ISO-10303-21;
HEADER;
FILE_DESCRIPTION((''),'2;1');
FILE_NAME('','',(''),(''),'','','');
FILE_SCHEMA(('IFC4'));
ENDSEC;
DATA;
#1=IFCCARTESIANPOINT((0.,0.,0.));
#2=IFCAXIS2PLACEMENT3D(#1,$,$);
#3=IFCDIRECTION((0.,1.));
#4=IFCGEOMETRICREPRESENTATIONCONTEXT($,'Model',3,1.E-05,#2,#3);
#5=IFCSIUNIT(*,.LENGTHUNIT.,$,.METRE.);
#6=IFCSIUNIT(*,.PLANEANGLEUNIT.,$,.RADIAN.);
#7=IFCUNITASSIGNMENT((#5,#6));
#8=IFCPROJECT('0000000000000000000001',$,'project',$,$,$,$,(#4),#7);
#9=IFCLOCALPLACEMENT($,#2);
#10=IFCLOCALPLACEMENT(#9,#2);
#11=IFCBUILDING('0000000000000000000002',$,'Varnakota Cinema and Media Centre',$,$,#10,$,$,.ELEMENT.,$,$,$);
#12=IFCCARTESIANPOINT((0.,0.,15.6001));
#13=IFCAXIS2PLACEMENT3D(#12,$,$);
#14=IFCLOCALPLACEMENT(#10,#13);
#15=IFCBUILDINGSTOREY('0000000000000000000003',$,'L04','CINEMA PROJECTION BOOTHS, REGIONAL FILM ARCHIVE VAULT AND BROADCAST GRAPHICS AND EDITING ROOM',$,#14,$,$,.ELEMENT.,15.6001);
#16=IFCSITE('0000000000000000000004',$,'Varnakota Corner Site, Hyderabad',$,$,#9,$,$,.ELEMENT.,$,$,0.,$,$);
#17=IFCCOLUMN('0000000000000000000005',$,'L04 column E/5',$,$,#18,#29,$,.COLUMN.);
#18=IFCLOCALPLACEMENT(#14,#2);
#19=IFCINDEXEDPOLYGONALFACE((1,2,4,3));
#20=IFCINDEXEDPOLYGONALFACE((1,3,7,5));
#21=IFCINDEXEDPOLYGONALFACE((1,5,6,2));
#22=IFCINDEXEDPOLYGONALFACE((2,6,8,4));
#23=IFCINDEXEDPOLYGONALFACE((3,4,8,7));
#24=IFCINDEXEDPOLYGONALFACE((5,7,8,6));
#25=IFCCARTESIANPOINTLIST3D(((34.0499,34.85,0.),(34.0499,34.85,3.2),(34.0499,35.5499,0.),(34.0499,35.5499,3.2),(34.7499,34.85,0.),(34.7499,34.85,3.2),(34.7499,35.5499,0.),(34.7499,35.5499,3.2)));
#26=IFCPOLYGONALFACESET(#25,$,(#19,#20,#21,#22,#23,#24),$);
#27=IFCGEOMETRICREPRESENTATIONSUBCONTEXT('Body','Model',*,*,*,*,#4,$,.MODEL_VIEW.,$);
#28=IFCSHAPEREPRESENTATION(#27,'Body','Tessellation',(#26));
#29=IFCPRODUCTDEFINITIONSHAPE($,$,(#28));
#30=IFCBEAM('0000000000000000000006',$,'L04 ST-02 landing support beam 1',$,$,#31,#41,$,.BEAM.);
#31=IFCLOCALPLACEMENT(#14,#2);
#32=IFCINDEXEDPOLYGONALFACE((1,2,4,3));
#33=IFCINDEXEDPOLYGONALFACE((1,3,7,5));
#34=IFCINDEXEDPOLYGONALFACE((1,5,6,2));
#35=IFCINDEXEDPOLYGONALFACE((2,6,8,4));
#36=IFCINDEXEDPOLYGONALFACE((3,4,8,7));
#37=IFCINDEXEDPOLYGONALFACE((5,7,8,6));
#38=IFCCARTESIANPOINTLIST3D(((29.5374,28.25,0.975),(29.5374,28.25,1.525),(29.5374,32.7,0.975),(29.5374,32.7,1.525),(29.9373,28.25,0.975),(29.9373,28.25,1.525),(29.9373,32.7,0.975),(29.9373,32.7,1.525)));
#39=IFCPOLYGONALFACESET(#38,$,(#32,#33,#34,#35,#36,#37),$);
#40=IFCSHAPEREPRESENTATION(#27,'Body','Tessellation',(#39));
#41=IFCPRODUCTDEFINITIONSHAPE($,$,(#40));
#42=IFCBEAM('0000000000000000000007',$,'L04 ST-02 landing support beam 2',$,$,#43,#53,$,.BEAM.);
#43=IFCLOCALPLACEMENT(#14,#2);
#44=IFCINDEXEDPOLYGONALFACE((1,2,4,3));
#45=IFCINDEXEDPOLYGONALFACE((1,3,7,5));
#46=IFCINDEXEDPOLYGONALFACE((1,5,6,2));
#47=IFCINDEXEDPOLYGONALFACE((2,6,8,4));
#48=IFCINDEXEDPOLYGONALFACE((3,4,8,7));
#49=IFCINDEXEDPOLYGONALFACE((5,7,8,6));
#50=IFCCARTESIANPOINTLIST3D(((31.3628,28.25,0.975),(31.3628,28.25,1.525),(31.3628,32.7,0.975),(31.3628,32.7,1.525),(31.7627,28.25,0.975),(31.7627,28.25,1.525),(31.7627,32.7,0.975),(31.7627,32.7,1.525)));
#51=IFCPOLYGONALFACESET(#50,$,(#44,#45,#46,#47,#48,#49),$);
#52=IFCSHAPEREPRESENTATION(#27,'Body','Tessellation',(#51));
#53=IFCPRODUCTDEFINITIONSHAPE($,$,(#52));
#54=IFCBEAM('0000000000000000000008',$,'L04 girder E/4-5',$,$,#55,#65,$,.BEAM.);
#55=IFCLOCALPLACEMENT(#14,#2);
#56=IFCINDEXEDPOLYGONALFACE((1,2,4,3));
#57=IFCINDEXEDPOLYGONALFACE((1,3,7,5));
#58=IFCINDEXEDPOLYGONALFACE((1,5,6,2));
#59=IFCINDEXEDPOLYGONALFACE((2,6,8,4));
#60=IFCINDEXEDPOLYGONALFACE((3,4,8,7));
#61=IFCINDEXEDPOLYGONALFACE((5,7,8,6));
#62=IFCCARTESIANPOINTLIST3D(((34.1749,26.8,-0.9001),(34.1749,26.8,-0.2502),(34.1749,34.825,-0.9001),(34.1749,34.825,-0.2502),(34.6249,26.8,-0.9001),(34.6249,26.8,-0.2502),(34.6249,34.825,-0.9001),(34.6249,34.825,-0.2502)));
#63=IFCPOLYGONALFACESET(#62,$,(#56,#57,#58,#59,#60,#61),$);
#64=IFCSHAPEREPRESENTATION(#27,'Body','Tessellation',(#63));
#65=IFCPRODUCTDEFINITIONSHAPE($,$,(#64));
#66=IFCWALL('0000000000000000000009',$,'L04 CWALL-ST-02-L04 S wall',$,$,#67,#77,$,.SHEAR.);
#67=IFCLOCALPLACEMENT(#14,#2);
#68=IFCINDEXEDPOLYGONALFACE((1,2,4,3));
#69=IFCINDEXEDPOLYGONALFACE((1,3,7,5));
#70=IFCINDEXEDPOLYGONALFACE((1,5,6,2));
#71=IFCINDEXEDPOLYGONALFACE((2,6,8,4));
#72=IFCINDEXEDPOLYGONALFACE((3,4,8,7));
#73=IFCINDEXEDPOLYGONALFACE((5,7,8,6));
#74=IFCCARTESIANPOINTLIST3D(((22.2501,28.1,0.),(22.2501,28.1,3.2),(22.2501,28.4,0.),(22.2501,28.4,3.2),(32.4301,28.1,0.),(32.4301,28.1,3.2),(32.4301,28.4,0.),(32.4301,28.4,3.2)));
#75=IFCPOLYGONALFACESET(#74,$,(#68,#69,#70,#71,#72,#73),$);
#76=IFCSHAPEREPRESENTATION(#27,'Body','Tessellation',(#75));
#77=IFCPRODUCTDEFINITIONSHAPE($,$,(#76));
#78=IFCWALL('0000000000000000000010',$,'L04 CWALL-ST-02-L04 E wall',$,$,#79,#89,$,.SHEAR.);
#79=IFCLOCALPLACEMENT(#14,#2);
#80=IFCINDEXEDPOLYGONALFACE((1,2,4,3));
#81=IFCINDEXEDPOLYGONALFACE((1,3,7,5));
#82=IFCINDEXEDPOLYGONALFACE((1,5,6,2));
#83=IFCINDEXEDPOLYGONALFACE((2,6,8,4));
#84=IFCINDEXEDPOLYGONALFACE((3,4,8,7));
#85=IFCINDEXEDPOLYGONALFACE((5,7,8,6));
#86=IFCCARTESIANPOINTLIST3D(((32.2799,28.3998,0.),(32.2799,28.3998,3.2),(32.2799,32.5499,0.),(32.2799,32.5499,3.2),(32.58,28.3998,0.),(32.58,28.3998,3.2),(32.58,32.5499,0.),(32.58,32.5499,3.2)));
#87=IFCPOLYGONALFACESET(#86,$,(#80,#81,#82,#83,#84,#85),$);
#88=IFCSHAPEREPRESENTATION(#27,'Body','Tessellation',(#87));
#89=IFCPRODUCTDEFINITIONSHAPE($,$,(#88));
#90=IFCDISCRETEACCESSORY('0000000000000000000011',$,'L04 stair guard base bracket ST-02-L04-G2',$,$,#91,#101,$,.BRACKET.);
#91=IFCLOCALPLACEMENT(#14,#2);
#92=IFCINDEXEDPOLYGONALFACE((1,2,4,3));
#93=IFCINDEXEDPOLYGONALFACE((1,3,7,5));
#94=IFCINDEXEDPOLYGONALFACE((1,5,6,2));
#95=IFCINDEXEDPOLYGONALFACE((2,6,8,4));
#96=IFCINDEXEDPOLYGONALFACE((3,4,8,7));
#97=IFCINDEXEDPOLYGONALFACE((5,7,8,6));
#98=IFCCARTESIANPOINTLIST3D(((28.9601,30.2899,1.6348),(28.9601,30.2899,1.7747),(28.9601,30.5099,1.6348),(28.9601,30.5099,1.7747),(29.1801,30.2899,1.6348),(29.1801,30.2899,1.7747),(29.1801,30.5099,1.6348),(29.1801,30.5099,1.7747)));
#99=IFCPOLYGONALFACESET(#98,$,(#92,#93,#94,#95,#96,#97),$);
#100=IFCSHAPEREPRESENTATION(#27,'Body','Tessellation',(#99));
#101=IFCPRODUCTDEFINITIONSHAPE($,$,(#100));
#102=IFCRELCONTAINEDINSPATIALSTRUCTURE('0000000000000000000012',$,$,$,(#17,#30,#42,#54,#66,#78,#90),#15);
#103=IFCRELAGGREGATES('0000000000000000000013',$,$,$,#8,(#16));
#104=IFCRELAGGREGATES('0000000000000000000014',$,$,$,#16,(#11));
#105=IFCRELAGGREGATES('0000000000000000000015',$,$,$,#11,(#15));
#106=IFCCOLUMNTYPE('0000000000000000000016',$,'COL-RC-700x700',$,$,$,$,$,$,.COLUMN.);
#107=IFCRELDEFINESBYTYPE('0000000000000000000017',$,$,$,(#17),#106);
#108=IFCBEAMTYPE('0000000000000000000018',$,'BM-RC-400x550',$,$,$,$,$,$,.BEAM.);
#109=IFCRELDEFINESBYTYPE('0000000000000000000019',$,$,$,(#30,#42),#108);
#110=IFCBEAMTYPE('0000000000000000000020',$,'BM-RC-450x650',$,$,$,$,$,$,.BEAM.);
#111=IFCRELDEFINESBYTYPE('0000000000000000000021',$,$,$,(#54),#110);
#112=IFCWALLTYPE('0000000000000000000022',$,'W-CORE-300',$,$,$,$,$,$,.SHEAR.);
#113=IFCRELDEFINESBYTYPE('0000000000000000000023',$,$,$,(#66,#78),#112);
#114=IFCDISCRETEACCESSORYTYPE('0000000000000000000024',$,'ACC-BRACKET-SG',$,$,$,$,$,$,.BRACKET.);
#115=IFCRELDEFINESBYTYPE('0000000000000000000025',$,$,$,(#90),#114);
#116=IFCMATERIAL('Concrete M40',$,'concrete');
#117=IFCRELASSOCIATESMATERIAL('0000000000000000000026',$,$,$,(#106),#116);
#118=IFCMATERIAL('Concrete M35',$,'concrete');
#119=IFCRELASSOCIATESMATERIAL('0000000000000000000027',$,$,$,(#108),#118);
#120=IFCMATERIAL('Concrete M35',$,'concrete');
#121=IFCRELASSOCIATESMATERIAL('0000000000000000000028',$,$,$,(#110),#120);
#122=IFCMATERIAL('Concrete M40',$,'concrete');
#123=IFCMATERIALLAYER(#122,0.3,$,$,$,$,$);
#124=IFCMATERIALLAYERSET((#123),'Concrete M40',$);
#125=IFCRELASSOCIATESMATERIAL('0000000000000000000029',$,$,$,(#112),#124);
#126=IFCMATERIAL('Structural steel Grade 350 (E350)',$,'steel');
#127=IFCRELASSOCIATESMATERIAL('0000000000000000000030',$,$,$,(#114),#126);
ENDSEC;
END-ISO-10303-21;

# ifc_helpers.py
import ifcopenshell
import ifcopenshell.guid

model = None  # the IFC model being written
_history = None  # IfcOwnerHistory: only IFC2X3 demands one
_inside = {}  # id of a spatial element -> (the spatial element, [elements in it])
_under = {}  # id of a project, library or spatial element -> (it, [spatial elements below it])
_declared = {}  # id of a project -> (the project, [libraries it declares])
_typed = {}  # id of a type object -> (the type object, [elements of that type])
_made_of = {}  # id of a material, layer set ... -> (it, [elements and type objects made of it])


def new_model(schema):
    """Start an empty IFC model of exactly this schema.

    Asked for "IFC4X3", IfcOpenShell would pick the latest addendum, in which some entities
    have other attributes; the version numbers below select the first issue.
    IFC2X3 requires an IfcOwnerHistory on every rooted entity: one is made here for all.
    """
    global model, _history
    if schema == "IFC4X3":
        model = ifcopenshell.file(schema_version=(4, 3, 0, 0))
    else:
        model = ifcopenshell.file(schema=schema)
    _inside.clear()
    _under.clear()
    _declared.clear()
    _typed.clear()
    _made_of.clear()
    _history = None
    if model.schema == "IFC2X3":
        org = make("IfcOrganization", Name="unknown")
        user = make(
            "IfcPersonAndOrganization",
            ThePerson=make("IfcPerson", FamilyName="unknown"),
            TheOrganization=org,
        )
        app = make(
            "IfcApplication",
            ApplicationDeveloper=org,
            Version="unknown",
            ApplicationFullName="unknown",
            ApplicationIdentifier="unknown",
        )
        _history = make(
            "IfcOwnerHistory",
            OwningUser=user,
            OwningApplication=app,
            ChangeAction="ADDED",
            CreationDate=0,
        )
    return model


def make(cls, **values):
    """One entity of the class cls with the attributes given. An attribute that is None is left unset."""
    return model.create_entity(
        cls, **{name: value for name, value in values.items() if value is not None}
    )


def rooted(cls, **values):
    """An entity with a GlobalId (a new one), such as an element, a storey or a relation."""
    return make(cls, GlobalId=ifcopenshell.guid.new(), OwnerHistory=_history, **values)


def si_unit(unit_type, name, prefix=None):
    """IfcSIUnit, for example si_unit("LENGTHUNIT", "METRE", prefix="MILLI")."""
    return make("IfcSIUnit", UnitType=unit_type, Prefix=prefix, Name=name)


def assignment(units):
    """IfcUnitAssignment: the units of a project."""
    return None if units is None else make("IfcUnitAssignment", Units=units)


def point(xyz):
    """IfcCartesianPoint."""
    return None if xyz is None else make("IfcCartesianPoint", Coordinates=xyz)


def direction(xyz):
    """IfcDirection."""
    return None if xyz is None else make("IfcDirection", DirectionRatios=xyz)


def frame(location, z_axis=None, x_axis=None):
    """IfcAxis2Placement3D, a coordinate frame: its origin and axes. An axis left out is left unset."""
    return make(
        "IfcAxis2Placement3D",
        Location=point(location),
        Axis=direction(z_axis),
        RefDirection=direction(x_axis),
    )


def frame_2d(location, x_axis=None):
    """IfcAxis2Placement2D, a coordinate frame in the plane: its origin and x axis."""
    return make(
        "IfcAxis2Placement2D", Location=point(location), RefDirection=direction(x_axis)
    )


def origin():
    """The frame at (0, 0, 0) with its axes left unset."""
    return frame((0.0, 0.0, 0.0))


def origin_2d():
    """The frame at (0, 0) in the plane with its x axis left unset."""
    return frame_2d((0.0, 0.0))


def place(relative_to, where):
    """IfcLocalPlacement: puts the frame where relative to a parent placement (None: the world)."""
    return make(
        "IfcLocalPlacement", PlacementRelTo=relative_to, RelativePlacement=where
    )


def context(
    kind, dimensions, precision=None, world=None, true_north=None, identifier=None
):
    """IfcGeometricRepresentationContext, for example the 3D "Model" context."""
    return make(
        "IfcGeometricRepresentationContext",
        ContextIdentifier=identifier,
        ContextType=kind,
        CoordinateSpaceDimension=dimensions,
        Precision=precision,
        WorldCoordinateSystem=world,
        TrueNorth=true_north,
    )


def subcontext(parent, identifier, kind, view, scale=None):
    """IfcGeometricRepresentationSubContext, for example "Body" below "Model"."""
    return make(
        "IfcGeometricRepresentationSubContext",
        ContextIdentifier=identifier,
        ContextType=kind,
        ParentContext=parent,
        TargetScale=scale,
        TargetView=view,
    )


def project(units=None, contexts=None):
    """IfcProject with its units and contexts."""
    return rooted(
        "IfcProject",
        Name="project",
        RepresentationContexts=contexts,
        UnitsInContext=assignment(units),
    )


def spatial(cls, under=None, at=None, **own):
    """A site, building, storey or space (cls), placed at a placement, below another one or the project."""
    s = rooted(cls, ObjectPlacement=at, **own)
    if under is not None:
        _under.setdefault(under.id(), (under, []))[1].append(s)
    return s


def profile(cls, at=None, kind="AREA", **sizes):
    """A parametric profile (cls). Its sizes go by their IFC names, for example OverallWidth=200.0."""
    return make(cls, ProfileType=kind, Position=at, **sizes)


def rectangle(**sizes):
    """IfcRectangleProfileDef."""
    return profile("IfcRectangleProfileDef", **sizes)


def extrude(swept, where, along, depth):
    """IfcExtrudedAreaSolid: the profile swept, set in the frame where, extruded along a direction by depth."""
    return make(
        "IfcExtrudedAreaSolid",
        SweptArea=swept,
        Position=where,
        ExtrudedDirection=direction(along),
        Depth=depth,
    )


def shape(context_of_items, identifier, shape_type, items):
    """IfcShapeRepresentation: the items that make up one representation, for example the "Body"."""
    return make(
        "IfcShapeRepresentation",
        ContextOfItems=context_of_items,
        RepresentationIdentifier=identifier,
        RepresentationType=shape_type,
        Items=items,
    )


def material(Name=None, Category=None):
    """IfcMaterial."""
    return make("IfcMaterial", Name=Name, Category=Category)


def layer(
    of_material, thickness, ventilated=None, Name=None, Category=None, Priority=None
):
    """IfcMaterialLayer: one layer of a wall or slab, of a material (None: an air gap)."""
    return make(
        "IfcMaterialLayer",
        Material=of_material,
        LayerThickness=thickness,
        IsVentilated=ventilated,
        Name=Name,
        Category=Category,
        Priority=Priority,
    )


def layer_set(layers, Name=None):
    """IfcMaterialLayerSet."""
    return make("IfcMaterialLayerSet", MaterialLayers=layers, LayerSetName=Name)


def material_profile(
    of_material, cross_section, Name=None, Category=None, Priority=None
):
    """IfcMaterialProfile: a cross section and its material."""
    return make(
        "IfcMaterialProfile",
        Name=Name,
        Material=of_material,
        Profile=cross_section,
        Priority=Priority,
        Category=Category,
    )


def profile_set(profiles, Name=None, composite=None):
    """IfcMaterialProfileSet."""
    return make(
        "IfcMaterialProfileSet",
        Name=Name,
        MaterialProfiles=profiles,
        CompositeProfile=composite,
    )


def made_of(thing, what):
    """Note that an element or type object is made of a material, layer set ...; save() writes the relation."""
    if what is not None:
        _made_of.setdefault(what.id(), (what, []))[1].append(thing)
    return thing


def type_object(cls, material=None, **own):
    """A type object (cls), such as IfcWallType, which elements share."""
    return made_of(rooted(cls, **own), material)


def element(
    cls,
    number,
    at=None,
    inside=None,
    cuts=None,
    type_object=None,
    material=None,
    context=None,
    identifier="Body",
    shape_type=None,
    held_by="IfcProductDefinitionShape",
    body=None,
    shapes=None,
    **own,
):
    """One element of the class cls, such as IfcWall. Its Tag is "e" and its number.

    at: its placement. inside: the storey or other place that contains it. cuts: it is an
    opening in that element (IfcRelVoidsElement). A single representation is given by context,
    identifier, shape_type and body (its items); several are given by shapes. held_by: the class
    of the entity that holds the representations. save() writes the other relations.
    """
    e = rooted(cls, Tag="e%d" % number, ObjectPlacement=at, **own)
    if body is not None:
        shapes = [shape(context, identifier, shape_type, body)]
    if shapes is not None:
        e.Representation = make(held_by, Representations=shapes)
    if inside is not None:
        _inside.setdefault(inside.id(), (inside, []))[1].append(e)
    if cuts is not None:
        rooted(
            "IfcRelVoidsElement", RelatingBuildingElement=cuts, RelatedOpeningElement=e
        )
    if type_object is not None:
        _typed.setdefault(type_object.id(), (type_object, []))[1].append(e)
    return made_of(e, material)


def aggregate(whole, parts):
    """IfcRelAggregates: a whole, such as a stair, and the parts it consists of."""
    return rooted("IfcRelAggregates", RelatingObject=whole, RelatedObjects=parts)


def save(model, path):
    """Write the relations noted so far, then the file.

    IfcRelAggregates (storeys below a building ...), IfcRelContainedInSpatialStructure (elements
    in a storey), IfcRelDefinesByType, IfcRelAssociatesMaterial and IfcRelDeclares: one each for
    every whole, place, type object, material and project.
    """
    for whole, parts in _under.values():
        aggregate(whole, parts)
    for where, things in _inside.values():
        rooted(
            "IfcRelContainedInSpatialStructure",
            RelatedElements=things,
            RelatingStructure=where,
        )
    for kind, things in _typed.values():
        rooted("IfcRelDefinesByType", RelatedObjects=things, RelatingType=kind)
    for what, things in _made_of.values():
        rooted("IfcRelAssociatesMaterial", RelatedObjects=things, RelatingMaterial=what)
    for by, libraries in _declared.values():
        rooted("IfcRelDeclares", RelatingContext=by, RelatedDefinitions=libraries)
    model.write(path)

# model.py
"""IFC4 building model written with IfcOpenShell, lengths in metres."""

from ifc_helpers import new_model, si_unit, direction, frame, frame_2d, origin, origin_2d, place, context, subcontext, project, spatial, rectangle, extrude, material, layer, layer_set, material_profile, profile_set, type_object, element, save


model = new_model("IFC4")

# Units and contexts
model_context = context("Model", 3, precision=1e-05, world=origin(), true_north=direction((0.0, 1.0)))
body_context = subcontext(model_context, "Body", "Model", "MODEL_VIEW")
ifc_project = project(units=[si_unit("LENGTHUNIT", "METRE"), si_unit("PLANEANGLEUNIT", "RADIAN")], contexts=[model_context])

# Site, building, storey
site_placement = place(None, origin())
site = spatial("IfcSite", under=ifc_project, at=site_placement, Name="Varnakota Corner Site, Hyderabad", CompositionType="ELEMENT", RefElevation=0.0)
building_placement = place(site_placement, origin())
building = spatial("IfcBuilding", under=site, at=building_placement, Name="Varnakota Cinema and Media Centre", CompositionType="ELEMENT")
storey_placement = place(building_placement, frame((0.0, 0.0, 15.6001)))
storey = spatial("IfcBuildingStorey", under=building, at=storey_placement, Name="L04", Description="CINEMA PROJECTION BOOTHS, REGIONAL FILM ARCHIVE VAULT AND BROADCAST GRAPHICS AND EDITING ROOM", CompositionType="ELEMENT", Elevation=15.6001)

# Column
ifc_material_1 = material(Name="Concrete M40", Category="concrete")
ifc_material_profile_1 = material_profile(ifc_material_1, rectangle(XDim=0.7, YDim=0.7, at=origin_2d()), Name="RC 700x700")
ifc_profile_set_1 = profile_set([ifc_material_profile_1], Name="Concrete M40")
column_type = type_object("IfcColumnType", Name="COL-RC-700x700", PredefinedType="COLUMN", material=ifc_profile_set_1)
column_placement = place(storey_placement, frame((34.3999, 35.2, 0.0), z_axis=(0.0, 0.0, 1.0), x_axis=(1.0, 0.0, 0.0)))
element("IfcColumn", 1, at=column_placement, inside=storey, type_object=column_type, Name="L04 column E/5", PredefinedType="COLUMN", context=body_context, shape_type="SweptSolid", body=[
    extrude(rectangle(XDim=0.7, YDim=0.7, at=origin_2d()), origin(), (0.0, 0.0, 1.0), 3.2),
])

# Beams
ifc_material_2 = material(Name="Concrete M35", Category="concrete")
ifc_material_profile_2 = material_profile(ifc_material_2, rectangle(XDim=0.3999, YDim=0.55, at=origin_2d()), Name="RCB 400x550")
ifc_profile_set_2 = profile_set([ifc_material_profile_2], Name="Concrete M35")
beam_type_1 = type_object("IfcBeamType", Name="BM-RC-400x550", PredefinedType="BEAM", material=ifc_profile_set_2)
for number, where, z_axis, x_axis, name in (
    (2, (29.7373, 28.25, 1.25), (0.0, 1.0, 0.0), (-1.0, 0.0, 0.0), "L04 ST-02 landing support beam 1"),
    (3, (31.5627, 28.25, 1.25), (0.0, 1.0, 0.0), (-1.0, 0.0, 0.0), "L04 ST-02 landing support beam 2"),
):
    element("IfcBeam", number, at=place(storey_placement, frame(where, z_axis=z_axis, x_axis=x_axis)), inside=storey, type_object=beam_type_1, Name=name, PredefinedType="BEAM", context=body_context, shape_type="SweptSolid", body=[
        extrude(rectangle(XDim=0.3999, YDim=0.55, at=origin_2d()), origin(), (0.0, 0.0, 1.0), 4.45),
    ])
ifc_material_3 = material(Name="Concrete M35", Category="concrete")
ifc_material_profile_3 = material_profile(ifc_material_3, rectangle(XDim=0.45, YDim=0.6499, at=origin_2d()), Name="RCB 450x650")
ifc_profile_set_3 = profile_set([ifc_material_profile_3], Name="Concrete M35")
beam_type_2 = type_object("IfcBeamType", Name="BM-RC-450x650", PredefinedType="BEAM", material=ifc_profile_set_3)
beam_placement = place(storey_placement, frame((34.3999, 26.8, -0.5752), z_axis=(0.0, 1.0, 0.0), x_axis=(-1.0, 0.0, 0.0)))
element("IfcBeam", 4, at=beam_placement, inside=storey, type_object=beam_type_2, Name="L04 girder E/4-5", PredefinedType="BEAM", context=body_context, shape_type="SweptSolid", body=[
    extrude(rectangle(XDim=0.45, YDim=0.6499, at=origin_2d()), origin(), (0.0, 0.0, 1.0), 8.0249),
])

# Walls
ifc_material_4 = material(Name="Concrete M40", Category="concrete")
ifc_layer_1 = layer(ifc_material_4, 0.3)
ifc_layer_set_1 = layer_set([ifc_layer_1], Name="Concrete M40")
wall_type_1 = type_object("IfcWallType", Name="W-CORE-300", PredefinedType="SHEAR", material=ifc_layer_set_1)
wall_1_placement = place(storey_placement, frame((32.4299, 28.25, 0.0), z_axis=(0.0, 0.0, 1.0), x_axis=(-1.0, 0.0, 0.0)))
element("IfcWall", 5, at=wall_1_placement, inside=storey, type_object=wall_type_1, Name="L04 CWALL-ST-02-L04 S wall", PredefinedType="SHEAR", context=body_context, shape_type="SweptSolid", body=[
    extrude(rectangle(XDim=10.1799, YDim=0.3, at=frame_2d((5.0898, 0.0))), origin(), (0.0, 0.0, 1.0), 3.2),
])
wall_2_placement = place(storey_placement, frame((32.4299, 32.55, 0.0), z_axis=(0.0, 0.0, 1.0), x_axis=(0.0, -1.0, 0.0)))
element("IfcWall", 6, at=wall_2_placement, inside=storey, type_object=wall_type_1, Name="L04 CWALL-ST-02-L04 E wall", PredefinedType="SHEAR", context=body_context, shape_type="SweptSolid", body=[
    extrude(rectangle(XDim=4.1501, YDim=0.3, at=frame_2d((2.0752, 0.0))), origin(), (0.0, 0.0, 1.0), 3.2),
])

# Discrete accessory
ifc_material_5 = material(Name="Structural steel Grade 350 (E350)", Category="steel")
discrete_accessory_type = type_object("IfcDiscreteAccessoryType", Name="ACC-BRACKET-SG", PredefinedType="BRACKET", material=ifc_material_5)
discrete_accessory_placement = place(storey_placement, frame((29.0701, 30.3999, 1.6348), z_axis=(0.0, 0.0, 1.0), x_axis=(1.0, 0.0, 0.0)))
element("IfcDiscreteAccessory", 7, at=discrete_accessory_placement, inside=storey, type_object=discrete_accessory_type, Name="L04 stair guard base bracket ST-02-L04-G2", PredefinedType="BRACKET", context=body_context, shape_type="SweptSolid", body=[
    extrude(rectangle(XDim=0.22, YDim=0.22, at=origin_2d()), origin(), (0.0, 0.0, 1.0), 0.1399),
])

save(model, "model.ifc")
